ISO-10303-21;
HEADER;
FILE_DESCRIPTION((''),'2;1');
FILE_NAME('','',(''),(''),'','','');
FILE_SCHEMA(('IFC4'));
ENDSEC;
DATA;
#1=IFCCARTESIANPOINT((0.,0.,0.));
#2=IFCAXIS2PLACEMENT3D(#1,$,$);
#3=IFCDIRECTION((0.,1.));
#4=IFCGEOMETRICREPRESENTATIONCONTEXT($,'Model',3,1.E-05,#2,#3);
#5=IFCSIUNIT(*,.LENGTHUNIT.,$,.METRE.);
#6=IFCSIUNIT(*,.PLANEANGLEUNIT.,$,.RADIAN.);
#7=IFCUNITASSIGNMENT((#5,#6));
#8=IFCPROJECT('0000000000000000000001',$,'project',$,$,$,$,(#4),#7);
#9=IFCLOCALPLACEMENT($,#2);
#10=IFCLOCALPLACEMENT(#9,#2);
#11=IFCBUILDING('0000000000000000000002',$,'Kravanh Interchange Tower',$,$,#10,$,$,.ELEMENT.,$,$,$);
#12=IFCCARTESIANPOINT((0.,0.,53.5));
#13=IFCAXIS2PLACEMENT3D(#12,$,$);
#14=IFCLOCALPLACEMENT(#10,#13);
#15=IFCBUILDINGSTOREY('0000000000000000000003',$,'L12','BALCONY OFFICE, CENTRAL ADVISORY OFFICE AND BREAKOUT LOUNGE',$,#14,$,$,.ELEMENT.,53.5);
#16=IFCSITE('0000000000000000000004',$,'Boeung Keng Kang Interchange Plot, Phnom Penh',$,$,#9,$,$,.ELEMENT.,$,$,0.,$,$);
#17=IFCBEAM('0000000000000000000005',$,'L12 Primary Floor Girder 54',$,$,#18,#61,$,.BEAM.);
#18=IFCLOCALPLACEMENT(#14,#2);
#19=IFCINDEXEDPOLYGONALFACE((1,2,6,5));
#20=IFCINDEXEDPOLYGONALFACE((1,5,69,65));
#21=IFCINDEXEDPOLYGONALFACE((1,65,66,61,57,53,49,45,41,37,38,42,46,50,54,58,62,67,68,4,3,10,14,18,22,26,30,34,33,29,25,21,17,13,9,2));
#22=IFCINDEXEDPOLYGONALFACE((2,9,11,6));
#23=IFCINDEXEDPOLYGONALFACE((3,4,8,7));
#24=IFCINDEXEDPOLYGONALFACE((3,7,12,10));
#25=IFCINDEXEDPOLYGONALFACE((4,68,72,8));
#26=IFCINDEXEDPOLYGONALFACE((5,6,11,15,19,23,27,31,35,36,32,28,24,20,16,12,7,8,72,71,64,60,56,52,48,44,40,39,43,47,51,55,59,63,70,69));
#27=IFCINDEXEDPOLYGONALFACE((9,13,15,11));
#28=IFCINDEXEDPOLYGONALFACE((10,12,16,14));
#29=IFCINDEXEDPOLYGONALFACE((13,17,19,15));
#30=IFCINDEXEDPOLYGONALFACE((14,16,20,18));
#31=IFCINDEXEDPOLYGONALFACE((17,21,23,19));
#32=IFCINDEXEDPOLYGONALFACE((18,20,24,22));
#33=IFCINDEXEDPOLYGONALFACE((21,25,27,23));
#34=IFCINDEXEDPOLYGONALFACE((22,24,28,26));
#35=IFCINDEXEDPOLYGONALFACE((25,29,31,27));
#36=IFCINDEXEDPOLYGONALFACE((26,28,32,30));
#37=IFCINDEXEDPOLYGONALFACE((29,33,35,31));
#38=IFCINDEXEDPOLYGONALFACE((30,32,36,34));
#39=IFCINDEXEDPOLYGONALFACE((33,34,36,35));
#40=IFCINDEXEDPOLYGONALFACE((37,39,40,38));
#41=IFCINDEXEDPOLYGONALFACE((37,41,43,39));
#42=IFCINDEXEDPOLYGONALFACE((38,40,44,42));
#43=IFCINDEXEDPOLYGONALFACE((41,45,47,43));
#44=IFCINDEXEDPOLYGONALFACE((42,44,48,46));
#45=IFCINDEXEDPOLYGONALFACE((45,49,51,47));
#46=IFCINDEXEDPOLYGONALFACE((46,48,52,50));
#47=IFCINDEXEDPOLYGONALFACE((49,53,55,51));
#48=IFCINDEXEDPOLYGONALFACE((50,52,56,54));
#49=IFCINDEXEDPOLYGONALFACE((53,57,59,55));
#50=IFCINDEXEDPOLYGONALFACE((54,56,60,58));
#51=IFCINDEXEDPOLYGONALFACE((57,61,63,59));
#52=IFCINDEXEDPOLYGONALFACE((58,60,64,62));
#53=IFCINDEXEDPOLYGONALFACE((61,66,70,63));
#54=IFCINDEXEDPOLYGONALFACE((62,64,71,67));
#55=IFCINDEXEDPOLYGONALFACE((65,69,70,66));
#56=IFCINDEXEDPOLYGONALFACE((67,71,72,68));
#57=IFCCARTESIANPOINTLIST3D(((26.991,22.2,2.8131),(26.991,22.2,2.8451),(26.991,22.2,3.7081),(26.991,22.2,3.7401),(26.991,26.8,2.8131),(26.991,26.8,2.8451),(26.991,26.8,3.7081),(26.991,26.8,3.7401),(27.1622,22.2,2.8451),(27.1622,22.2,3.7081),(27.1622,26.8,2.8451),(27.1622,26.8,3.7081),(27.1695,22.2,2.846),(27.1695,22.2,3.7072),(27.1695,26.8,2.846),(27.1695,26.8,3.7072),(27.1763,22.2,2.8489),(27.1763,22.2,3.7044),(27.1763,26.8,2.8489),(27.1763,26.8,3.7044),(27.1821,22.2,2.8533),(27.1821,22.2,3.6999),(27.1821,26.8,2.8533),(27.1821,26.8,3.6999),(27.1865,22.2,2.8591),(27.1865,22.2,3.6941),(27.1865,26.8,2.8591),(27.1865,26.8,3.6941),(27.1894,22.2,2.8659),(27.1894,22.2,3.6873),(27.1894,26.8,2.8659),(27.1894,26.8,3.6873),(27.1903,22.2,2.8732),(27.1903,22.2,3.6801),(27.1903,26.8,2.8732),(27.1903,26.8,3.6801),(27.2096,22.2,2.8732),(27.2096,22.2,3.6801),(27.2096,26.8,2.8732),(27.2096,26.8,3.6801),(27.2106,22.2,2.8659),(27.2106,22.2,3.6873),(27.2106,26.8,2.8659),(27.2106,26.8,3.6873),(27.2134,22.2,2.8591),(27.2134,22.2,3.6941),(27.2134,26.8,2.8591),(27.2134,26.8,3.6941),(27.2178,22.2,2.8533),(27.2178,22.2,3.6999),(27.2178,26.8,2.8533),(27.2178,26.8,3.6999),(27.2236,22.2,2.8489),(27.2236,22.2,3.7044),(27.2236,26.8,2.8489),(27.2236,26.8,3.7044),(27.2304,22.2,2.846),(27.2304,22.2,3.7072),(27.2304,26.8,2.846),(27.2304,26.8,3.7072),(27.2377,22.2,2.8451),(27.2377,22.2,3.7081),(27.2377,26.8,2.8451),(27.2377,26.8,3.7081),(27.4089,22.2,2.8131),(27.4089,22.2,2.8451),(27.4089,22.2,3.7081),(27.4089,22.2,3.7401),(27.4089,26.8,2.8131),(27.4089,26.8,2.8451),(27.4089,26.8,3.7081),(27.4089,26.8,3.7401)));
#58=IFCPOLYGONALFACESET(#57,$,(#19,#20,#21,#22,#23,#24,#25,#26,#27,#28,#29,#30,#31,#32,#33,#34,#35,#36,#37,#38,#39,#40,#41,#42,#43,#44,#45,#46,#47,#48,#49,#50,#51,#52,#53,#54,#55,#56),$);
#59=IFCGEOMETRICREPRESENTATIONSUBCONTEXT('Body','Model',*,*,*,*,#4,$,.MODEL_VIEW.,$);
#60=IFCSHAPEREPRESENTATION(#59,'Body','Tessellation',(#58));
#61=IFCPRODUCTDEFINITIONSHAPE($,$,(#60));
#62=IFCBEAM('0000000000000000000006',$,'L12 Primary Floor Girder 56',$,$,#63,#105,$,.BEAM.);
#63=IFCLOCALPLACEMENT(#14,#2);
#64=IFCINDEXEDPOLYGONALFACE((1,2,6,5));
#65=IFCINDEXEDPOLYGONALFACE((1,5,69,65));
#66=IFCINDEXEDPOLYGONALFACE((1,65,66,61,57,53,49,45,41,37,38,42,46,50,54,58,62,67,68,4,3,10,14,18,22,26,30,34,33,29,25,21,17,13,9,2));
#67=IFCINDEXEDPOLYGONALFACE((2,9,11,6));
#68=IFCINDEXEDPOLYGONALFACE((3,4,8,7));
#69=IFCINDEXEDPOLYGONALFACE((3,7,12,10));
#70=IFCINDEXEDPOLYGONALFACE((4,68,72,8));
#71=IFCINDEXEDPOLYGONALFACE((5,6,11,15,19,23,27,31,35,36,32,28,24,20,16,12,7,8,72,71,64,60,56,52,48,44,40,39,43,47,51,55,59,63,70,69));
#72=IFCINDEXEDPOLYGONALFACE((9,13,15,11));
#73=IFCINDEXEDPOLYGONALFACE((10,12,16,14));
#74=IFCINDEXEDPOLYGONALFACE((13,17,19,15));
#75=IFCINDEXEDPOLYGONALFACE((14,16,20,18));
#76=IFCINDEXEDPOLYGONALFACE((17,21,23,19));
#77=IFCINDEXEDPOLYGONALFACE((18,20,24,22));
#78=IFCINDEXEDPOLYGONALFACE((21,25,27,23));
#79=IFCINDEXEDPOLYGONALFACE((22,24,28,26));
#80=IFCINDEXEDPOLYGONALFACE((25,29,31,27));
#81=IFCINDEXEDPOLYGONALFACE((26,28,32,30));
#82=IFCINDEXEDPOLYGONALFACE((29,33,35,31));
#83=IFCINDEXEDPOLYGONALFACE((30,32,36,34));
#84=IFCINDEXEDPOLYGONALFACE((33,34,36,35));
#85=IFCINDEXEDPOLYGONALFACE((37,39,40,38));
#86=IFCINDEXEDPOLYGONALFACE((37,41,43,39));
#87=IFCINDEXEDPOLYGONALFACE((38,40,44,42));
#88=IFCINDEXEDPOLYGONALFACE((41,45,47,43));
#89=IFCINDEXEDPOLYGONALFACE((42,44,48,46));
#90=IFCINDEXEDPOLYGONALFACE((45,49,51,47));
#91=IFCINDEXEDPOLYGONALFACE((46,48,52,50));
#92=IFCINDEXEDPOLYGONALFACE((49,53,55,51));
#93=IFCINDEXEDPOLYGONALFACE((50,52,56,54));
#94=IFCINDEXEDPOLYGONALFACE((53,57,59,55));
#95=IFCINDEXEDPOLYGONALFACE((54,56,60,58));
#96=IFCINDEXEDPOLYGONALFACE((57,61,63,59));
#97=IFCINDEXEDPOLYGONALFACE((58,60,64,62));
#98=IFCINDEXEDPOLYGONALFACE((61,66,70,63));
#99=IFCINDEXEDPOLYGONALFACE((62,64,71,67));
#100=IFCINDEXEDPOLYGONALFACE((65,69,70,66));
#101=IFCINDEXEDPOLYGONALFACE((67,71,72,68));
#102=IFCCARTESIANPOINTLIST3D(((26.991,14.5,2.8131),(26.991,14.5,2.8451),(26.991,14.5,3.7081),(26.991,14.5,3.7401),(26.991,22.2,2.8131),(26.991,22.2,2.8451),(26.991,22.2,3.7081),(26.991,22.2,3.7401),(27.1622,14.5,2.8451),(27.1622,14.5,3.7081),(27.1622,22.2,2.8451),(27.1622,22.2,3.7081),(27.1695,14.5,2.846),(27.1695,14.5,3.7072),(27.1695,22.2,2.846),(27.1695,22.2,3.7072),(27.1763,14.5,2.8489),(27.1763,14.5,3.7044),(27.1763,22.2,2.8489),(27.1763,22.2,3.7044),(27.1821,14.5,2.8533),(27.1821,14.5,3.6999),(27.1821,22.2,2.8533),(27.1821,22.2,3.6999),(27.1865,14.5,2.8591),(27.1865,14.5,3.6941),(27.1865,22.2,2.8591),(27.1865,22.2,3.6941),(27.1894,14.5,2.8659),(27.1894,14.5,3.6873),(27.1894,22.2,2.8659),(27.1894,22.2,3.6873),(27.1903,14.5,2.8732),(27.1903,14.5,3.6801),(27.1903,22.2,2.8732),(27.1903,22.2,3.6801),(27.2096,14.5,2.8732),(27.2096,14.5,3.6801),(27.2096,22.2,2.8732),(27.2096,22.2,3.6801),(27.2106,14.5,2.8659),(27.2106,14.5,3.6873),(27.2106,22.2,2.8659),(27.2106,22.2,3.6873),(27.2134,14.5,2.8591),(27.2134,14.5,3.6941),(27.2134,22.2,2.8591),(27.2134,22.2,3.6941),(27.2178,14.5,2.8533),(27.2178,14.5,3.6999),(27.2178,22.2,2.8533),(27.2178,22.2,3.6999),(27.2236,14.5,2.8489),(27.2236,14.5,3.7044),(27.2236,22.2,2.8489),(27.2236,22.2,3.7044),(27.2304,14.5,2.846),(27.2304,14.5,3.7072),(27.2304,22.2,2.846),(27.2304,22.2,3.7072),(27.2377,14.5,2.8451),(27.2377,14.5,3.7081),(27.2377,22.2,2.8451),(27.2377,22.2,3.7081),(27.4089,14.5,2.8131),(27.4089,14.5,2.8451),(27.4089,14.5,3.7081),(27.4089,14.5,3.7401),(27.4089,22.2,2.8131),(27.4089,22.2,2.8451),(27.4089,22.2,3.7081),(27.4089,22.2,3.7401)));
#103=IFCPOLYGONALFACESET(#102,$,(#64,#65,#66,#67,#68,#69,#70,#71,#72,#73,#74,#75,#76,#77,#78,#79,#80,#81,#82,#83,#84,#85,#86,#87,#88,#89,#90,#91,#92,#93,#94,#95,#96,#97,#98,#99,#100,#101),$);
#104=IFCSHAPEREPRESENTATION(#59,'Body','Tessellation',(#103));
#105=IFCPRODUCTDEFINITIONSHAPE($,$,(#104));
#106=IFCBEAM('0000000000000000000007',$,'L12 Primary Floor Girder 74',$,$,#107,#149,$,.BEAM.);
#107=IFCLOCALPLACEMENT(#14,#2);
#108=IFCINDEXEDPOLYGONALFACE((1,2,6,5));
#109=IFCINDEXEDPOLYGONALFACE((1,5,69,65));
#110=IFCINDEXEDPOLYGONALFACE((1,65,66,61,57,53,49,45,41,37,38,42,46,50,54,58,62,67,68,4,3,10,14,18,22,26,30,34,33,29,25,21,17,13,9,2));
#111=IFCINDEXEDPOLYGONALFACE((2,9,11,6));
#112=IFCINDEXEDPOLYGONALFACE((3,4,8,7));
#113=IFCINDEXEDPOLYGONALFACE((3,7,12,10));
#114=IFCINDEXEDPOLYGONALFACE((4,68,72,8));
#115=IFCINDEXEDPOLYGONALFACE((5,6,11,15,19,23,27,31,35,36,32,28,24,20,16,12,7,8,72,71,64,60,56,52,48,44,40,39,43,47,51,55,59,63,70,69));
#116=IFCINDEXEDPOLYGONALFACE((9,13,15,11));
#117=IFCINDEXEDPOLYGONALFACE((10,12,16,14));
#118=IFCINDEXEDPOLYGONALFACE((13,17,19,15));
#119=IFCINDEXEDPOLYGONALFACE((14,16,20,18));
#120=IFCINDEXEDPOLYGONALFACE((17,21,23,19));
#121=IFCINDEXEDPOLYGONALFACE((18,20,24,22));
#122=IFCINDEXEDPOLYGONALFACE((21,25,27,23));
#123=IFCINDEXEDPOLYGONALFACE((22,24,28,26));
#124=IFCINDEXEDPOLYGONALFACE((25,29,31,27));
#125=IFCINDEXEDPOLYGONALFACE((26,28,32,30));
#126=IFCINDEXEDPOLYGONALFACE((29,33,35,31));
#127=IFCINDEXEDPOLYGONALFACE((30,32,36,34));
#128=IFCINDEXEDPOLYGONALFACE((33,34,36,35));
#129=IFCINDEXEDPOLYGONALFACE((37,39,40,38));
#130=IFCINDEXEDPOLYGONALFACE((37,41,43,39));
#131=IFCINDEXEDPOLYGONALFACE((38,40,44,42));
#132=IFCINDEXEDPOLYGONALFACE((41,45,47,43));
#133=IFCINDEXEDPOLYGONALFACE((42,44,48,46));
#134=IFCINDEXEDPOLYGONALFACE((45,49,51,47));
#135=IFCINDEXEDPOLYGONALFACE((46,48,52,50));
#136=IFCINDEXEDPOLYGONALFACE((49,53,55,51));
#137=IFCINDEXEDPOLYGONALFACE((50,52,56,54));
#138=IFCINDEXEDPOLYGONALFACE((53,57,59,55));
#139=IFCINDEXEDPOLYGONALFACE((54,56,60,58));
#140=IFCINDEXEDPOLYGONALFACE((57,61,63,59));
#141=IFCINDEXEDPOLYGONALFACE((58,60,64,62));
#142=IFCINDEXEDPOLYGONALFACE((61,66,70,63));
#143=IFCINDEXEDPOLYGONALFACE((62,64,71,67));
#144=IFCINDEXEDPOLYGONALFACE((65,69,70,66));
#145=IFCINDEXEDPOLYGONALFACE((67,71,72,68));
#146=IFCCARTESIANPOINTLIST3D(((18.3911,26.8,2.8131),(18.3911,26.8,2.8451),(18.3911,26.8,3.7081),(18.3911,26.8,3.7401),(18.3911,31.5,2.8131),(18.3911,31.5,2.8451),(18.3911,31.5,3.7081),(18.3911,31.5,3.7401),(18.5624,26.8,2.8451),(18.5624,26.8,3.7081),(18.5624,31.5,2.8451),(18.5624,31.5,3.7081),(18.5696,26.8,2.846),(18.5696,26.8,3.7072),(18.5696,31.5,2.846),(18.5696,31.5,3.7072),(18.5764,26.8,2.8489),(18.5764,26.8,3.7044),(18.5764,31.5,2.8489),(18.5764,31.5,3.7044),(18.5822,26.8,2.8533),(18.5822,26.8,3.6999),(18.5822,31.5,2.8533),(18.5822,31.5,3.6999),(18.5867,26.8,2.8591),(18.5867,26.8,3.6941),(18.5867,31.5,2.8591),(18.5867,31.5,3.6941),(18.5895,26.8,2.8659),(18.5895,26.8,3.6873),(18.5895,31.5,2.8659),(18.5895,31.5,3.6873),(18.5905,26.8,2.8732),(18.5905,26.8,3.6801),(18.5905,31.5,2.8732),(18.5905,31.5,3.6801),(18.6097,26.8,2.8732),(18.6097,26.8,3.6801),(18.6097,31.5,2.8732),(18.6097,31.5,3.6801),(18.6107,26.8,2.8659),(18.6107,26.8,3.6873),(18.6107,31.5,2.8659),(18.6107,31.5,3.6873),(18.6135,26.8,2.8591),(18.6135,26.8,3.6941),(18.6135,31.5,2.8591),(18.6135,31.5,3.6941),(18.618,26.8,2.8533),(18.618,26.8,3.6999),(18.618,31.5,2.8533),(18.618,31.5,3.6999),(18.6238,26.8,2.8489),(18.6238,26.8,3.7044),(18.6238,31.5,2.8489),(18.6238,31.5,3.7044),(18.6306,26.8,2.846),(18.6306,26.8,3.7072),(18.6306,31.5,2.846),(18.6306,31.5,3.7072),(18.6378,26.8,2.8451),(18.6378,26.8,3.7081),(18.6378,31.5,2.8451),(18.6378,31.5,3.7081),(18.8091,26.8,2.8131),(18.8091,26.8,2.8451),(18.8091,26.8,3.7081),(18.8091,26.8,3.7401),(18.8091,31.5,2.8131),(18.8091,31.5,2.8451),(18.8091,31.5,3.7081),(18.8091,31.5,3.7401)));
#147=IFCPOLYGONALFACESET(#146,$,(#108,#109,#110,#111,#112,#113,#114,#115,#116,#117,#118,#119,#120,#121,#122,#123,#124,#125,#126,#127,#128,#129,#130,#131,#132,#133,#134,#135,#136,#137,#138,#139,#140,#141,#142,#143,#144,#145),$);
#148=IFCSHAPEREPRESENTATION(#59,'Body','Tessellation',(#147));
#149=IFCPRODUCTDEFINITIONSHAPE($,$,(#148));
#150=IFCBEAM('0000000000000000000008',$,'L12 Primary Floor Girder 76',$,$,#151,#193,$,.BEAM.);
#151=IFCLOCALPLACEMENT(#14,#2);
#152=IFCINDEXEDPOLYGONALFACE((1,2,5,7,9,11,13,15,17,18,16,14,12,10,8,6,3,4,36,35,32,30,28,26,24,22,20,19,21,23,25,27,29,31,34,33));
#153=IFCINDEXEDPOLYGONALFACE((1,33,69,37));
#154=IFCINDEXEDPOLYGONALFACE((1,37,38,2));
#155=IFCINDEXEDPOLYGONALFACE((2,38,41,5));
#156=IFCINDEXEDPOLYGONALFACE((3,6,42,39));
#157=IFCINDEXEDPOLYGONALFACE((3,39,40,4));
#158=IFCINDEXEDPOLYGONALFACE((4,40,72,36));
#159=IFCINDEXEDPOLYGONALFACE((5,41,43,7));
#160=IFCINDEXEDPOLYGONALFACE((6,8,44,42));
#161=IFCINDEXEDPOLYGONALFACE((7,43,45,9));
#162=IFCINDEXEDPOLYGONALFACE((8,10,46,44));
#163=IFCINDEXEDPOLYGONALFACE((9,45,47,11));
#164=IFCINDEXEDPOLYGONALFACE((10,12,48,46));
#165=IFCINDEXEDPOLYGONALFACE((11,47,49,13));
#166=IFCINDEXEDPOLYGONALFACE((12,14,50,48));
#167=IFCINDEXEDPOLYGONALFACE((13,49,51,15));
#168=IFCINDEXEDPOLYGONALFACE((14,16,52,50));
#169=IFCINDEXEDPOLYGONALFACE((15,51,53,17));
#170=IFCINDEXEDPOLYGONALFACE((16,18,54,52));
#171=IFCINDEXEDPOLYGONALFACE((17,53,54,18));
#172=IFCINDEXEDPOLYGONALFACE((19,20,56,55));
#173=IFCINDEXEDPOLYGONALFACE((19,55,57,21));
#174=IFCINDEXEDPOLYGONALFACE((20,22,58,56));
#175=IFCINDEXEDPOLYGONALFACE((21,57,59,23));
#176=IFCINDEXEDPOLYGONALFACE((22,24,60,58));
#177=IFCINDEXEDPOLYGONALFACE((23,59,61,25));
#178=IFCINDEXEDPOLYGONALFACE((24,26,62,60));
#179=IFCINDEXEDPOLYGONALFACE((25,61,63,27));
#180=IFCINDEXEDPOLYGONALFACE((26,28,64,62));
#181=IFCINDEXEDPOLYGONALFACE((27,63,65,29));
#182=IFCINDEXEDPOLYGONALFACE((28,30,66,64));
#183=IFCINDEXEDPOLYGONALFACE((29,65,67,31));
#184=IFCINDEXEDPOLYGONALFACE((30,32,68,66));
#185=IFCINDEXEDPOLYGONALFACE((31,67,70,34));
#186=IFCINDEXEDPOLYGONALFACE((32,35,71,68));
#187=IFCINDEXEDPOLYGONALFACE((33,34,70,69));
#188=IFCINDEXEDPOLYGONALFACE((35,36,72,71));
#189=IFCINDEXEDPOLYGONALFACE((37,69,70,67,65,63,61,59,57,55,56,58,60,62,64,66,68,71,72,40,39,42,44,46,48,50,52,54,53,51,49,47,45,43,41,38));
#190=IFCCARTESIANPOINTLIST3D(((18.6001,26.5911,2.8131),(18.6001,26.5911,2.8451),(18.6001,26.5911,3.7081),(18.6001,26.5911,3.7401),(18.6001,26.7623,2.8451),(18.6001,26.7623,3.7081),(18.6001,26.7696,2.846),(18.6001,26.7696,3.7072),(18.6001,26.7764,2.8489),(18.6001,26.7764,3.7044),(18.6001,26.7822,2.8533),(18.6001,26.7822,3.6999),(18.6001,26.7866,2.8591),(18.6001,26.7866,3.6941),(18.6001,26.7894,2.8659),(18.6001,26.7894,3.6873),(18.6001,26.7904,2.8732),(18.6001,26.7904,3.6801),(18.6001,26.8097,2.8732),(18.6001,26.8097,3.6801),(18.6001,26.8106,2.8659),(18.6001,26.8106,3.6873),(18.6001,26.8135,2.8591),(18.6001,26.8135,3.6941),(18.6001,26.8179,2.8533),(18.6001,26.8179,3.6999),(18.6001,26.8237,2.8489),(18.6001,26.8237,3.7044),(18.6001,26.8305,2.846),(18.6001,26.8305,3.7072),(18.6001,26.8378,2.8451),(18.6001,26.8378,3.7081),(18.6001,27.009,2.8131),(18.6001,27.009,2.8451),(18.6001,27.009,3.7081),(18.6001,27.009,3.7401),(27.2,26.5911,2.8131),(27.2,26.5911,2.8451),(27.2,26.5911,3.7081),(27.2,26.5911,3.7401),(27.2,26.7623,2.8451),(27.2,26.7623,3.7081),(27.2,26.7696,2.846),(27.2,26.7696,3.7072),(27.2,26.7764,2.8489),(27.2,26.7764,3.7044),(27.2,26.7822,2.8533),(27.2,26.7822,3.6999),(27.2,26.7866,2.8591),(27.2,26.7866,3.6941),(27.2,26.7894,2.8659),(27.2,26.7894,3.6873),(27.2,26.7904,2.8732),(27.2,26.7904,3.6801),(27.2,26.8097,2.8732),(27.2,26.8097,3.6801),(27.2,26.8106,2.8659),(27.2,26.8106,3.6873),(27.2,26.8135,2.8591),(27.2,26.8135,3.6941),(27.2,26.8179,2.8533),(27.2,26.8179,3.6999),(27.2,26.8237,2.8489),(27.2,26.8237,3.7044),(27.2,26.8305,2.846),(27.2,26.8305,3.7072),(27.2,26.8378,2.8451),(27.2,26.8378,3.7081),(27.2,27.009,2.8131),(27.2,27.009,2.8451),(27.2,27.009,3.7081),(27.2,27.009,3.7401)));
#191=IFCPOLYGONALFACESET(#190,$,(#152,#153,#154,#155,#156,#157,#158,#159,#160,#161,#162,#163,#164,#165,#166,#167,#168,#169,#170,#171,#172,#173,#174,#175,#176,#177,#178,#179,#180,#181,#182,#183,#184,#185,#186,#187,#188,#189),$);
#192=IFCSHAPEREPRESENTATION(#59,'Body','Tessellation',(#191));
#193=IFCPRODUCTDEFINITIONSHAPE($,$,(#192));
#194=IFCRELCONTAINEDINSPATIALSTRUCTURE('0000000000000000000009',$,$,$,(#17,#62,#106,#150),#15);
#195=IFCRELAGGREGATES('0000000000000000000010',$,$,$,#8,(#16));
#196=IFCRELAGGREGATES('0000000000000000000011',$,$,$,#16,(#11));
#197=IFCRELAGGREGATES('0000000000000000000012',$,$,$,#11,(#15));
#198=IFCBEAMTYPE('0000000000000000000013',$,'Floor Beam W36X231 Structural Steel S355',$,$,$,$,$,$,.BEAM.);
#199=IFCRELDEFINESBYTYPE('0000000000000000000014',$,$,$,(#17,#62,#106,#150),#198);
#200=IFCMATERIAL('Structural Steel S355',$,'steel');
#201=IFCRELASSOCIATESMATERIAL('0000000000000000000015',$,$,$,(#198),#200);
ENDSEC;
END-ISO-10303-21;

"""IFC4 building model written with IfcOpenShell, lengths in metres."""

from ifc_helpers import new_model, si_unit, direction, frame, origin, origin_2d, place, context, subcontext, project, spatial, i_section, extrude, material, material_profile, profile_set, type_object, element, save


model = new_model("IFC4")

# Units and contexts
model_context = context("Model", 3, precision=1e-05, world=origin(), true_north=direction((0.0, 1.0)))
body_context = subcontext(model_context, "Body", "Model", "MODEL_VIEW")
ifc_project = project(units=[si_unit("LENGTHUNIT", "METRE"), si_unit("PLANEANGLEUNIT", "RADIAN")], contexts=[model_context])

# Site, building, storey
site_placement = place(None, origin())
site = spatial("IfcSite", under=ifc_project, at=site_placement, Name="Boeung Keng Kang Interchange Plot, Phnom Penh", CompositionType="ELEMENT", RefElevation=0.0)
building_placement = place(site_placement, origin())
building = spatial("IfcBuilding", under=site, at=building_placement, Name="Kravanh Interchange Tower", CompositionType="ELEMENT")
storey_placement = place(building_placement, frame((0.0, 0.0, 53.5)))
storey = spatial("IfcBuildingStorey", under=building, at=storey_placement, Name="L12", Description="BALCONY OFFICE, CENTRAL ADVISORY OFFICE AND BREAKOUT LOUNGE", CompositionType="ELEMENT", Elevation=53.5)

# Beams
ifc_material_1 = material(Name="Structural Steel S355", Category="steel")
ifc_material_profile_1 = material_profile(ifc_material_1, i_section(OverallWidth=0.418, OverallDepth=0.927, WebThickness=0.0193, FlangeThickness=0.032, FilletRadius=0.0281, at=origin_2d()), Name="W36X231")
ifc_profile_set_1 = profile_set([ifc_material_profile_1], Name="Structural Steel S355")
beam_type_1 = type_object("IfcBeamType", Name="Floor Beam W36X231 Structural Steel S355", PredefinedType="BEAM", material=ifc_profile_set_1)
beam_1_placement = place(storey_placement, frame((27.2, 22.2, 3.2766), z_axis=(0.0, 1.0, 0.0), x_axis=(-1.0, 0.0, 0.0)))
element("IfcBeam", 1, at=beam_1_placement, inside=storey, type_object=beam_type_1, Name="L12 Primary Floor Girder 54", PredefinedType="BEAM", context=body_context, shape_type="SweptSolid", body=[
    extrude(i_section(OverallWidth=0.418, OverallDepth=0.927, WebThickness=0.0193, FlangeThickness=0.032, FilletRadius=0.0281, at=origin_2d()), origin(), (0.0, 0.0, 1.0), 4.6001),
])
beam_2_placement = place(storey_placement, frame((27.2, 22.2, 3.2766), z_axis=(0.0, -1.0, 0.0), x_axis=(1.0, 0.0, 0.0)))
element("IfcBeam", 2, at=beam_2_placement, inside=storey, type_object=beam_type_1, Name="L12 Primary Floor Girder 56", PredefinedType="BEAM", context=body_context, shape_type="SweptSolid", body=[
    extrude(i_section(OverallWidth=0.418, OverallDepth=0.927, WebThickness=0.0193, FlangeThickness=0.032, FilletRadius=0.0281, at=origin_2d()), origin(), (0.0, 0.0, 1.0), 7.7),
])
beam_3_placement = place(storey_placement, frame((18.6001, 26.8, 3.2766), z_axis=(0.0, 1.0, 0.0), x_axis=(-1.0, 0.0, 0.0)))
element("IfcBeam", 3, at=beam_3_placement, inside=storey, type_object=beam_type_1, Name="L12 Primary Floor Girder 74", PredefinedType="BEAM", context=body_context, shape_type="SweptSolid", body=[
    extrude(i_section(OverallWidth=0.418, OverallDepth=0.927, WebThickness=0.0193, FlangeThickness=0.032, FilletRadius=0.0281, at=origin_2d()), origin(), (0.0, 0.0, 1.0), 4.7),
])
beam_4_placement = place(storey_placement, frame((18.6001, 26.8, 3.2766), z_axis=(1.0, 0.0, 0.0), x_axis=(0.0, 1.0, 0.0)))
element("IfcBeam", 4, at=beam_4_placement, inside=storey, type_object=beam_type_1, Name="L12 Primary Floor Girder 76", PredefinedType="BEAM", context=body_context, shape_type="SweptSolid", body=[
    extrude(i_section(OverallWidth=0.418, OverallDepth=0.927, WebThickness=0.0193, FlangeThickness=0.032, FilletRadius=0.0281, at=origin_2d()), origin(), (0.0, 0.0, 1.0), 8.5999),
])

save(model, "model.ifc")
